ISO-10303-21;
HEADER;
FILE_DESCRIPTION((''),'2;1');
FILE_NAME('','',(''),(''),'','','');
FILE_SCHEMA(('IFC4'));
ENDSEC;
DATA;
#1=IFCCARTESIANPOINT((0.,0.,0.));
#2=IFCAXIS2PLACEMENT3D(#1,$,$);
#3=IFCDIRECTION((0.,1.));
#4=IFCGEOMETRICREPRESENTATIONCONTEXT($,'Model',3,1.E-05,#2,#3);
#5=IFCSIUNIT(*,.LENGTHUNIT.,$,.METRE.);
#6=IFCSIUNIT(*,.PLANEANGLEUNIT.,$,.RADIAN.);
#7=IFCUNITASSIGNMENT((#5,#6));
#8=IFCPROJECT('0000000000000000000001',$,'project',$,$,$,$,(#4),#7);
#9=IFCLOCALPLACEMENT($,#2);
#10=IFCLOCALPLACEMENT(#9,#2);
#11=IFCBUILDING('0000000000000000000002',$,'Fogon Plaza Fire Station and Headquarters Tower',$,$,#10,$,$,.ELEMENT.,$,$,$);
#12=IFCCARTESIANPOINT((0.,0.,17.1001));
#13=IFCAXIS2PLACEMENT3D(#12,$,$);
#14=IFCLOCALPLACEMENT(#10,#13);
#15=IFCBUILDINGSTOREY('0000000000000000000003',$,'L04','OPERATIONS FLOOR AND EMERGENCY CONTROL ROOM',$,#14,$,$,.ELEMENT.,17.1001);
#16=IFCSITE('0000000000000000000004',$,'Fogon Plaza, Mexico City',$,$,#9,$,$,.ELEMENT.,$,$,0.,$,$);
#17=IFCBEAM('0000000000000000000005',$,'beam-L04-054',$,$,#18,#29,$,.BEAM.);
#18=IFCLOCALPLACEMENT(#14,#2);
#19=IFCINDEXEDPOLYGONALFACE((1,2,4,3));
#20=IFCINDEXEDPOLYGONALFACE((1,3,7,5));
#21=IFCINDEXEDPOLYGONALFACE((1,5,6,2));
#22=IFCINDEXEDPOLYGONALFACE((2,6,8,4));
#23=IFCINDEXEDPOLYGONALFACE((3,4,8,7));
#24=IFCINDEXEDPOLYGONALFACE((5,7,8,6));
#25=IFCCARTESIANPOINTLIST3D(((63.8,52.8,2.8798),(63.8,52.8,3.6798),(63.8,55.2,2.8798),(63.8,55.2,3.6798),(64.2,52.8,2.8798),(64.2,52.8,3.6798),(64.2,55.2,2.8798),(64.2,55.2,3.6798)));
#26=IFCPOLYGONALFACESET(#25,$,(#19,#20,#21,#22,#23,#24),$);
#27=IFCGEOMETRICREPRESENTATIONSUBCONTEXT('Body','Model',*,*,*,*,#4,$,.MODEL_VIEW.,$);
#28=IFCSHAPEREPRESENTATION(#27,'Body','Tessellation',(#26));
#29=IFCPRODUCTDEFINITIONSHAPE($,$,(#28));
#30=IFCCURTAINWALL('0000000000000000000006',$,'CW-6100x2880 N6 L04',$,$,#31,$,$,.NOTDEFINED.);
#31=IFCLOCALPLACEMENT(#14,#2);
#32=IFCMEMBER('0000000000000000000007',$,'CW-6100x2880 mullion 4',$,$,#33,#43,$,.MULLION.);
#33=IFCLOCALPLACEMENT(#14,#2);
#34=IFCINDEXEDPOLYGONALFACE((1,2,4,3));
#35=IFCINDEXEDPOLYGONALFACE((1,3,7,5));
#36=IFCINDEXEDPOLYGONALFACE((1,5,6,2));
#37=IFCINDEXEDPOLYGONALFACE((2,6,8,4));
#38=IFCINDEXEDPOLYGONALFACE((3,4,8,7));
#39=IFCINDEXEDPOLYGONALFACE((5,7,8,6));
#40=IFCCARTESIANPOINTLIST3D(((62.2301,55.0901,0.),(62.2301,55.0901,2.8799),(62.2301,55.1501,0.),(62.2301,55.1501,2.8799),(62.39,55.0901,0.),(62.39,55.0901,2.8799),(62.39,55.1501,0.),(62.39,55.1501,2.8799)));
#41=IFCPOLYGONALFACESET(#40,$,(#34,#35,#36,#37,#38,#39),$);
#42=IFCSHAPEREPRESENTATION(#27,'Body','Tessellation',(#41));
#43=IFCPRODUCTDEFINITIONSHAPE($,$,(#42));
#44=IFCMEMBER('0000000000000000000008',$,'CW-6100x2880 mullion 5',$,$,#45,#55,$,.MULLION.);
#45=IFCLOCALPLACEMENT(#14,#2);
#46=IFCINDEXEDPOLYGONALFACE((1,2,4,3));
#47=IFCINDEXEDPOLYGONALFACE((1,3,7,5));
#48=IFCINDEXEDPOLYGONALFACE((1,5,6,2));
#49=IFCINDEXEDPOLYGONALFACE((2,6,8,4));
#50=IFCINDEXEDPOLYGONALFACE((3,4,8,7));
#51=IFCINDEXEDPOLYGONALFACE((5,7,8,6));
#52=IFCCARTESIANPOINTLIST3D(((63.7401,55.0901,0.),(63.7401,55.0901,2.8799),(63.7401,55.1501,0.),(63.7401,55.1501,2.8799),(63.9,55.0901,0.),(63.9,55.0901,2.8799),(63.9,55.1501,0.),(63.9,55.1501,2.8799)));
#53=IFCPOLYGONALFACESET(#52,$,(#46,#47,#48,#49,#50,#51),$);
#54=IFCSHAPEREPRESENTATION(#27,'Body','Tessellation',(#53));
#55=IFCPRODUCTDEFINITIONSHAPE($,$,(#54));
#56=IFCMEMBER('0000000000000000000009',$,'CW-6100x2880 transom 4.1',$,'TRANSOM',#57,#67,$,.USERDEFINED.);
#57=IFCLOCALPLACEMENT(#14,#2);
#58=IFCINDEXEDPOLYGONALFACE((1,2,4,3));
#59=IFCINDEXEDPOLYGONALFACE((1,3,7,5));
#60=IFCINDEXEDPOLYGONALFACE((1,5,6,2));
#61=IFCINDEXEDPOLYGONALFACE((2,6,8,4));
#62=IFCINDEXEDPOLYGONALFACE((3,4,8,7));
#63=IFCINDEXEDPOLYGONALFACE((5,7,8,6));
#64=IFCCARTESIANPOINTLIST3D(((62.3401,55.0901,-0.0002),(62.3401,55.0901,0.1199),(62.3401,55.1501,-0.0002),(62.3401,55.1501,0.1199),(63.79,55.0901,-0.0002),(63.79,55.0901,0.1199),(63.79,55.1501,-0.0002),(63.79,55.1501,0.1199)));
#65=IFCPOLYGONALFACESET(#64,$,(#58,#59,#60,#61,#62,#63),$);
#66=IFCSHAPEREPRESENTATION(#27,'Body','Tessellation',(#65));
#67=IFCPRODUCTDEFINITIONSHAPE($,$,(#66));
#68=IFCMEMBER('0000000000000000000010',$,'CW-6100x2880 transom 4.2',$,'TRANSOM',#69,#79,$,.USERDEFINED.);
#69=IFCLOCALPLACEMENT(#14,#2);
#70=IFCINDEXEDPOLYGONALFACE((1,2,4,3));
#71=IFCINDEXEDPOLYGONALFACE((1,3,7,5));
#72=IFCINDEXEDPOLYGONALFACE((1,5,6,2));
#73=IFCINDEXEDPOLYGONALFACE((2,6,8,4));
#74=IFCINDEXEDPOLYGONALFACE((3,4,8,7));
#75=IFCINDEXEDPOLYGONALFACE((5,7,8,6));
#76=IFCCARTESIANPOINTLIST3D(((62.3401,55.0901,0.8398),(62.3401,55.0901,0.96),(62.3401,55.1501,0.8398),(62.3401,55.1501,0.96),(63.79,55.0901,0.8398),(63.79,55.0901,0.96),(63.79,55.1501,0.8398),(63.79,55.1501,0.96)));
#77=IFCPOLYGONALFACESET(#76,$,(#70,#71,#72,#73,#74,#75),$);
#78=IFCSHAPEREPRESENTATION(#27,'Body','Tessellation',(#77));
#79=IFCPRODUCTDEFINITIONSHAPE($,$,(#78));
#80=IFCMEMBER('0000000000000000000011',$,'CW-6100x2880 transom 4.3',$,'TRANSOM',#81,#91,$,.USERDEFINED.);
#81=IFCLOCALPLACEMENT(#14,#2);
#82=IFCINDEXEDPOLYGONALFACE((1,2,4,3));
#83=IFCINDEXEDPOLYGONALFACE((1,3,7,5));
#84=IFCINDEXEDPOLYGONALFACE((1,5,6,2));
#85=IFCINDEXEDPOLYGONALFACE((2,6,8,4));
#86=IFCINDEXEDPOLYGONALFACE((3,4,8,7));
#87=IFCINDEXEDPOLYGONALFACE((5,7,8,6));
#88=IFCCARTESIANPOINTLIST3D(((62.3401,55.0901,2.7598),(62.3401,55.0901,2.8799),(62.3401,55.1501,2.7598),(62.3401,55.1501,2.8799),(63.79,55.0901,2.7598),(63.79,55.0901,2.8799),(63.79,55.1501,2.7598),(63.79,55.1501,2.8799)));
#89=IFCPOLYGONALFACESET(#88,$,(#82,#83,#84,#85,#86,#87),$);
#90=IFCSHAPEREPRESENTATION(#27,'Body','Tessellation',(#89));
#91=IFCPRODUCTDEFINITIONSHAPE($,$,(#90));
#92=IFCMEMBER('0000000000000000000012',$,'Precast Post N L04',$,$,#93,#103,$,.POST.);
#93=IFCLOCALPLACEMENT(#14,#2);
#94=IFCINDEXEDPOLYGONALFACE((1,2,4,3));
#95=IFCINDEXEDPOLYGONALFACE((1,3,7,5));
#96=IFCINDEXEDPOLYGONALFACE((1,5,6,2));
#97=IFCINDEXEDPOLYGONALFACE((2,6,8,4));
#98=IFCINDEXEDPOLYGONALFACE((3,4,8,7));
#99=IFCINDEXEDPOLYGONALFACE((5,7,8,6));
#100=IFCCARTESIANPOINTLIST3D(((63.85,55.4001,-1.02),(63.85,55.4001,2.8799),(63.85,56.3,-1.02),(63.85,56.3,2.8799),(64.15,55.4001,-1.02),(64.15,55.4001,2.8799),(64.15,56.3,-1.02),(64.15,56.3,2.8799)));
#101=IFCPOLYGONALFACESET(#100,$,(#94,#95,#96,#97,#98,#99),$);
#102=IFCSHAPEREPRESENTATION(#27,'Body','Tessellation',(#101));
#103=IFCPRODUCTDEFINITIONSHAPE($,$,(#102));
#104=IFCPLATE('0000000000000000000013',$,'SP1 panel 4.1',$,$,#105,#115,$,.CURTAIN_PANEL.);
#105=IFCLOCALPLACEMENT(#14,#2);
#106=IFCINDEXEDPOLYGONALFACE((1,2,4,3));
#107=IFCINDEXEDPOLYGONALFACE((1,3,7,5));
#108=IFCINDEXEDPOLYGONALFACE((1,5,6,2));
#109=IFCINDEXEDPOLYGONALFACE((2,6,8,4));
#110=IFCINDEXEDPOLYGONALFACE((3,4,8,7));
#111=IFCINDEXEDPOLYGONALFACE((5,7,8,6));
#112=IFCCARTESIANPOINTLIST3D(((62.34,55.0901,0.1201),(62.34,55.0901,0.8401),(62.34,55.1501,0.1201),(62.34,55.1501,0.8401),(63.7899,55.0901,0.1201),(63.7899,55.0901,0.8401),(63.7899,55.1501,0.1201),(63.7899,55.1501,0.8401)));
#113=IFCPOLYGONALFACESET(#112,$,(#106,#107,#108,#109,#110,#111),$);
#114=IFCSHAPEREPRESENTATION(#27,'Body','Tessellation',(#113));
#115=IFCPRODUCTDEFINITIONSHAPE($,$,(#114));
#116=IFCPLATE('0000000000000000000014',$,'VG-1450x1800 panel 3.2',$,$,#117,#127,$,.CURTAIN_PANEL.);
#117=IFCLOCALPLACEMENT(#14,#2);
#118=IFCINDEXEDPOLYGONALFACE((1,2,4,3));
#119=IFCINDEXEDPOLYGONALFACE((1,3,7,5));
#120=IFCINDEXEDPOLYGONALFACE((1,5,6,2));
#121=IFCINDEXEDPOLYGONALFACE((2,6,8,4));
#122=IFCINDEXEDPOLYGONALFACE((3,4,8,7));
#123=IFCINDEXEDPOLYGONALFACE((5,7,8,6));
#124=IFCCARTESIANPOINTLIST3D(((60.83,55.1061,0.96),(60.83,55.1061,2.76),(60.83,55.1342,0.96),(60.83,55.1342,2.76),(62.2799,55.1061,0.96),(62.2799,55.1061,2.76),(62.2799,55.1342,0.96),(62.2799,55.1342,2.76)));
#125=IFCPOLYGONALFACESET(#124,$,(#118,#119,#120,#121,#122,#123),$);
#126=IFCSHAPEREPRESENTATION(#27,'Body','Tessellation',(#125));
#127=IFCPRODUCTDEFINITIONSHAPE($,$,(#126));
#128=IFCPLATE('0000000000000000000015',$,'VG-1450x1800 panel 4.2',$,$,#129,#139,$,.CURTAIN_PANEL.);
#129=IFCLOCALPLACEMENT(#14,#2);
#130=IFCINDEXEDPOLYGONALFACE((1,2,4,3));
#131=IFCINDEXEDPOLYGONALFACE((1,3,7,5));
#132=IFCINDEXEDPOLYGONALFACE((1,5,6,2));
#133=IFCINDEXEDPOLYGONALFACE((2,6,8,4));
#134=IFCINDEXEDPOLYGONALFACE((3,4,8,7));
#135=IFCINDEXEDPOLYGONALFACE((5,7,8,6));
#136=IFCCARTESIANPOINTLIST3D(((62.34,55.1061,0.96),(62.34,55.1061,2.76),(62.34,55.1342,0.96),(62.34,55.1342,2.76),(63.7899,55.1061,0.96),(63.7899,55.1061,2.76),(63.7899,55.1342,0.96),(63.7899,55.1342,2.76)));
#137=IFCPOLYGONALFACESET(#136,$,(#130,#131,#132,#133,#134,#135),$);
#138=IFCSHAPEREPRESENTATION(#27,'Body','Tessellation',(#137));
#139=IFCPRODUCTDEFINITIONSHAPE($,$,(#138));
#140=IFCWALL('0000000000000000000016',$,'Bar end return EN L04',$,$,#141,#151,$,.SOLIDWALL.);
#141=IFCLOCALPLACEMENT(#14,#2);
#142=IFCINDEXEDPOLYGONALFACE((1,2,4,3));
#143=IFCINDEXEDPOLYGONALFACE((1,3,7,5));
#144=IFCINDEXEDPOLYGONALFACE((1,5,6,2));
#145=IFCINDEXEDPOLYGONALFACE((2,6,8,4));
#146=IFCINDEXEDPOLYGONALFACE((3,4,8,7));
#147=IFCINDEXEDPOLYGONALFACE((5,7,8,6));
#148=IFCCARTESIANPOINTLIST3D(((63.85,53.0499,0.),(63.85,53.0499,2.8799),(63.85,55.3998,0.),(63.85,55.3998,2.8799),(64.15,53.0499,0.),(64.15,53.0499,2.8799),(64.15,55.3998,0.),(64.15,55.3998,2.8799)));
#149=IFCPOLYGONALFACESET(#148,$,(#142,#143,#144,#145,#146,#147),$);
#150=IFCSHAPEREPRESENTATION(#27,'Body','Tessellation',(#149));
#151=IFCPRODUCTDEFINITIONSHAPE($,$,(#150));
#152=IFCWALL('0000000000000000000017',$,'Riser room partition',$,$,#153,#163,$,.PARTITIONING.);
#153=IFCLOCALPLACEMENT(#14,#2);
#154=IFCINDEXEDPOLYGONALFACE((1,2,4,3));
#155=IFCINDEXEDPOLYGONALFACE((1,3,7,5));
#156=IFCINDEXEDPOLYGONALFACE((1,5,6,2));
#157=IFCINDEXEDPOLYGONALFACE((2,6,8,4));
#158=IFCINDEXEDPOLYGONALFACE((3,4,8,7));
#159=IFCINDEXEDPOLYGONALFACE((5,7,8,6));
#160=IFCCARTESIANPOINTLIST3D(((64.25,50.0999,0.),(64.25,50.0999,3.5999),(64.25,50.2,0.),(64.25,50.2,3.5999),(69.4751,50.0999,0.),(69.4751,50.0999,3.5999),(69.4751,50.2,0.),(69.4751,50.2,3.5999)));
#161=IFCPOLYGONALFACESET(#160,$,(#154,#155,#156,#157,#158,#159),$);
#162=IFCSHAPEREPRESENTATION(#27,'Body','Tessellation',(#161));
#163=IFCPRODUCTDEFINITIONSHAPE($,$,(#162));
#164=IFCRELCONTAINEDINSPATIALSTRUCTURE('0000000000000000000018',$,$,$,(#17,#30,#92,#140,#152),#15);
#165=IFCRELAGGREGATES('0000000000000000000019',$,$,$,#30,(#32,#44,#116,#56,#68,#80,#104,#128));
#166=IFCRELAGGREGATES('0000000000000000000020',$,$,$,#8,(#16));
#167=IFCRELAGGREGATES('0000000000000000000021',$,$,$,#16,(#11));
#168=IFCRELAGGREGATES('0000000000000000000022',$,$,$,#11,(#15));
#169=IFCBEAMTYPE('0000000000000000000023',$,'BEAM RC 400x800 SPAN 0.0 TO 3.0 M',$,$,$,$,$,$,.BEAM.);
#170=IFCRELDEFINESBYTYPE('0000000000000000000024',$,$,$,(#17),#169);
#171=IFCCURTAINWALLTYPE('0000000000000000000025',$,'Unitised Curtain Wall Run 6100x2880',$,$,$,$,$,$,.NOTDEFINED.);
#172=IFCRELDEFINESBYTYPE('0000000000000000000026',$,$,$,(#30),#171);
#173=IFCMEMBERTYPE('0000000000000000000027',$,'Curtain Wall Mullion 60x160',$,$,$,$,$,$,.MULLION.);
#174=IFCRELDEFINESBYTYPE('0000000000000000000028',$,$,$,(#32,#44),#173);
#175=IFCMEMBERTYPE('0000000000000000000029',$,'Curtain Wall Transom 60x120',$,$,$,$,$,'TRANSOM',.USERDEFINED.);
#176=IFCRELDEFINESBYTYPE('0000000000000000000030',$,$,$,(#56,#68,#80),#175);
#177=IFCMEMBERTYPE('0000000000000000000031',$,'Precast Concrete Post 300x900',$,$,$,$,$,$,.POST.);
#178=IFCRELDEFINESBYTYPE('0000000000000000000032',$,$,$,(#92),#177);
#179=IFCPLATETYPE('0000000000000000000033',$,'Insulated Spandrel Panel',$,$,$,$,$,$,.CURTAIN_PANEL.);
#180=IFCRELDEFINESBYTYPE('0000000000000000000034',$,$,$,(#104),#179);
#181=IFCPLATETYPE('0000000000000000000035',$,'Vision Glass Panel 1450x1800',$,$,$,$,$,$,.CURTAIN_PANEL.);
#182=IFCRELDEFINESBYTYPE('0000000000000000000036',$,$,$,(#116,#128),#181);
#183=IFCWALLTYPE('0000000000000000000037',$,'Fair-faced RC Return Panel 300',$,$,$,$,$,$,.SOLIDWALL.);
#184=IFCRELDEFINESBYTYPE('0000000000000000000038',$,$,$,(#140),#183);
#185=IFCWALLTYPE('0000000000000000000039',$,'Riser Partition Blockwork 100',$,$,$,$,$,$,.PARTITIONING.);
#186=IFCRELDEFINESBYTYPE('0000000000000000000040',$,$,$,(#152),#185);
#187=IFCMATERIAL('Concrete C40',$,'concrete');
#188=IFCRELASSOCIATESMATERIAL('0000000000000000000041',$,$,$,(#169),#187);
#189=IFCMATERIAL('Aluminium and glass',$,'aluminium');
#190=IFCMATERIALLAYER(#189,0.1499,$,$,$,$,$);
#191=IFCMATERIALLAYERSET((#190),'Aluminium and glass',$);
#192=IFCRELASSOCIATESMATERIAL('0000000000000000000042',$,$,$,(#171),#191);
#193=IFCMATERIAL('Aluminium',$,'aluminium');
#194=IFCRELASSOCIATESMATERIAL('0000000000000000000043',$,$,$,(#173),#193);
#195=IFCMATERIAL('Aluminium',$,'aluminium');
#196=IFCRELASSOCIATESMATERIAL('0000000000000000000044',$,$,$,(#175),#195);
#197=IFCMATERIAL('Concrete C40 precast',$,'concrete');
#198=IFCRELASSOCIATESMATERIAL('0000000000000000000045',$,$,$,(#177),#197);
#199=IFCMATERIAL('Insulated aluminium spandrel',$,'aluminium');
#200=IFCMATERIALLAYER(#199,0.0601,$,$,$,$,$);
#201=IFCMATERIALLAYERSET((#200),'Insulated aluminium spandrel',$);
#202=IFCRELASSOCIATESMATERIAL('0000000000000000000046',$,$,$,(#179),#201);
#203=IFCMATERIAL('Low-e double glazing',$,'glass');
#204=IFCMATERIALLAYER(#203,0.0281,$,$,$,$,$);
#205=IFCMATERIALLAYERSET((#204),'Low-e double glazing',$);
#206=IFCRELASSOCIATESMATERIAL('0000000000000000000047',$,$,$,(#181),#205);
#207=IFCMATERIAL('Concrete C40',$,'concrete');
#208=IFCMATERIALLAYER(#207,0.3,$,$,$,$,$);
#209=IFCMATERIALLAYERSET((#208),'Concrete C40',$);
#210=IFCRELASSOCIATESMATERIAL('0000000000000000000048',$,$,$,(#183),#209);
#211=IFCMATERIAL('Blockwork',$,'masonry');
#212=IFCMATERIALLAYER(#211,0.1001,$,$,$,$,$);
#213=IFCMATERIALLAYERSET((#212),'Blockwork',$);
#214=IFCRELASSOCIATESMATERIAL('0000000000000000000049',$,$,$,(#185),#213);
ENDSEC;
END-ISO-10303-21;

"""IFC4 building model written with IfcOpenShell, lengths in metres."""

from ifc_helpers import new_model, si_unit, direction, frame, frame_2d, origin, origin_2d, place, context, subcontext, project, spatial, rectangle, extrude, material, layer, layer_set, material_profile, profile_set, type_object, element, aggregate, save


model = new_model("IFC4")

# Units and contexts
model_context = context("Model", 3, precision=1e-05, world=origin(), true_north=direction((0.0, 1.0)))
body_context = subcontext(model_context, "Body", "Model", "MODEL_VIEW")
ifc_project = project(units=[si_unit("LENGTHUNIT", "METRE"), si_unit("PLANEANGLEUNIT", "RADIAN")], contexts=[model_context])

# Site, building, storey
site_placement = place(None, origin())
site = spatial("IfcSite", under=ifc_project, at=site_placement, Name="Fogon Plaza, Mexico City", CompositionType="ELEMENT", RefElevation=0.0)
building_placement = place(site_placement, origin())
building = spatial("IfcBuilding", under=site, at=building_placement, Name="Fogon Plaza Fire Station and Headquarters Tower", CompositionType="ELEMENT")
storey_placement = place(building_placement, frame((0.0, 0.0, 17.1001)))
storey = spatial("IfcBuildingStorey", under=building, at=storey_placement, Name="L04", Description="OPERATIONS FLOOR AND EMERGENCY CONTROL ROOM", CompositionType="ELEMENT", Elevation=17.1001)

# Beam
ifc_material_1 = material(Name="Concrete C40", Category="concrete")
ifc_material_profile_1 = material_profile(ifc_material_1, rectangle(XDim=0.3999, YDim=0.8, at=origin_2d()), Name="RC 400x800")
ifc_profile_set_1 = profile_set([ifc_material_profile_1], Name="Concrete C40")
beam_type = type_object("IfcBeamType", Name="BEAM RC 400x800 SPAN 0.0 TO 3.0 M", PredefinedType="BEAM", material=ifc_profile_set_1)
beam_placement = place(storey_placement, frame((64.0, 52.8, 3.2798), z_axis=(0.0, 1.0, 0.0), x_axis=(-1.0, 0.0, 0.0)))
element("IfcBeam", 1, at=beam_placement, inside=storey, type_object=beam_type, Name="beam-L04-054", PredefinedType="BEAM", context=body_context, shape_type="SweptSolid", body=[
    extrude(rectangle(XDim=0.3999, YDim=0.8, at=origin_2d()), origin(), (0.0, 0.0, 1.0), 2.3999),
])

# Curtain wall, members
ifc_material_2 = material(Name="Aluminium and glass", Category="aluminium")
ifc_layer_1 = layer(ifc_material_2, 0.1499)
ifc_layer_set_1 = layer_set([ifc_layer_1], Name="Aluminium and glass")
curtain_wall_type = type_object("IfcCurtainWallType", Name="Unitised Curtain Wall Run 6100x2880", PredefinedType="NOTDEFINED", material=ifc_layer_set_1)
curtain_wall_placement = place(storey_placement, origin())
curtain_wall = element("IfcCurtainWall", 2, at=curtain_wall_placement, inside=storey, type_object=curtain_wall_type, Name="CW-6100x2880 N6 L04", PredefinedType="NOTDEFINED")
ifc_material_3 = material(Name="Aluminium", Category="aluminium")
ifc_material_profile_2 = material_profile(ifc_material_3, rectangle(XDim=0.0601, YDim=0.1599, at=origin_2d()), Name="Curtain Wall Mullion 60x160")
ifc_profile_set_2 = profile_set([ifc_material_profile_2], Name="Aluminium")
member_type_1 = type_object("IfcMemberType", Name="Curtain Wall Mullion 60x160", PredefinedType="MULLION", material=ifc_profile_set_2)
member_1_placement = place(storey_placement, frame((62.3101, 55.1201, 0.0), z_axis=(0.0, 0.0, 1.0), x_axis=(0.0, 1.0, 0.0)))
member_1 = element("IfcMember", 3, at=member_1_placement, type_object=member_type_1, Name="CW-6100x2880 mullion 4", PredefinedType="MULLION", context=body_context, shape_type="SweptSolid", body=[
    extrude(rectangle(XDim=0.0601, YDim=0.1599, at=origin_2d()), origin(), (0.0, 0.0, 1.0), 2.8799),
])
member_2_placement = place(storey_placement, frame((63.8201, 55.1201, 0.0), z_axis=(0.0, 0.0, 1.0), x_axis=(0.0, 1.0, 0.0)))
member_2 = element("IfcMember", 4, at=member_2_placement, type_object=member_type_1, Name="CW-6100x2880 mullion 5", PredefinedType="MULLION", context=body_context, shape_type="SweptSolid", body=[
    extrude(rectangle(XDim=0.0601, YDim=0.1599, at=origin_2d()), origin(), (0.0, 0.0, 1.0), 2.8799),
])
ifc_material_4 = material(Name="Aluminium", Category="aluminium")
ifc_material_profile_3 = material_profile(ifc_material_4, rectangle(XDim=0.0601, YDim=0.1201, at=origin_2d()), Name="Curtain Wall Transom 60x120")
ifc_profile_set_3 = profile_set([ifc_material_profile_3], Name="Aluminium")
member_type_2 = type_object("IfcMemberType", Name="Curtain Wall Transom 60x120", ElementType="TRANSOM", PredefinedType="USERDEFINED", material=ifc_profile_set_3)
member_3_placement = place(storey_placement, frame((62.3401, 55.1201, 0.0598), z_axis=(1.0, 0.0, 0.0), x_axis=(0.0, 1.0, 0.0)))
member_3 = element("IfcMember", 5, at=member_3_placement, type_object=member_type_2, Name="CW-6100x2880 transom 4.1", ObjectType="TRANSOM", PredefinedType="USERDEFINED", context=body_context, shape_type="SweptSolid", body=[
    extrude(rectangle(XDim=0.0601, YDim=0.1201, at=origin_2d()), origin(), (0.0, 0.0, 1.0), 1.45),
])
member_4_placement = place(storey_placement, frame((62.3401, 55.1201, 0.8999), z_axis=(1.0, 0.0, 0.0), x_axis=(0.0, 1.0, 0.0)))
member_4 = element("IfcMember", 6, at=member_4_placement, type_object=member_type_2, Name="CW-6100x2880 transom 4.2", ObjectType="TRANSOM", PredefinedType="USERDEFINED", context=body_context, shape_type="SweptSolid", body=[
    extrude(rectangle(XDim=0.0601, YDim=0.1201, at=origin_2d()), origin(), (0.0, 0.0, 1.0), 1.45),
])
member_5_placement = place(storey_placement, frame((62.3401, 55.1201, 2.8198), z_axis=(1.0, 0.0, 0.0), x_axis=(0.0, 1.0, 0.0)))
member_5 = element("IfcMember", 7, at=member_5_placement, type_object=member_type_2, Name="CW-6100x2880 transom 4.3", ObjectType="TRANSOM", PredefinedType="USERDEFINED", context=body_context, shape_type="SweptSolid", body=[
    extrude(rectangle(XDim=0.0601, YDim=0.1201, at=origin_2d()), origin(), (0.0, 0.0, 1.0), 1.45),
])

# Member
ifc_material_5 = material(Name="Concrete C40 precast", Category="concrete")
ifc_material_profile_4 = material_profile(ifc_material_5, rectangle(XDim=0.3, YDim=0.8999, at=origin_2d()), Name="Precast Concrete Post 300x900")
ifc_profile_set_4 = profile_set([ifc_material_profile_4], Name="Concrete C40 precast")
member_type_3 = type_object("IfcMemberType", Name="Precast Concrete Post 300x900", PredefinedType="POST", material=ifc_profile_set_4)
member_6_placement = place(storey_placement, frame((64.0, 55.8501, -1.02), z_axis=(0.0, 0.0, 1.0), x_axis=(1.0, 0.0, 0.0)))
element("IfcMember", 8, at=member_6_placement, inside=storey, type_object=member_type_3, Name="Precast Post N L04", PredefinedType="POST", context=body_context, shape_type="SweptSolid", body=[
    extrude(rectangle(XDim=0.3, YDim=0.8999, at=origin_2d()), origin(), (0.0, 0.0, 1.0), 3.8999),
])

# Plates
ifc_material_6 = material(Name="Insulated aluminium spandrel", Category="aluminium")
ifc_layer_2 = layer(ifc_material_6, 0.0601)
ifc_layer_set_2 = layer_set([ifc_layer_2], Name="Insulated aluminium spandrel")
plate_type_1 = type_object("IfcPlateType", Name="Insulated Spandrel Panel", PredefinedType="CURTAIN_PANEL", material=ifc_layer_set_2)
plate_1_placement = place(storey_placement, frame((63.0649, 55.1201, 0.1201), z_axis=(0.0, 0.0, 1.0), x_axis=(1.0, 0.0, 0.0)))
plate_1 = element("IfcPlate", 9, at=plate_1_placement, type_object=plate_type_1, Name="SP1 panel 4.1", PredefinedType="CURTAIN_PANEL", context=body_context, shape_type="SweptSolid", body=[
    extrude(rectangle(XDim=1.45, YDim=0.0601, at=origin_2d()), origin(), (0.0, 0.0, 1.0), 0.72),
])
ifc_material_7 = material(Name="Low-e double glazing", Category="glass")
ifc_layer_3 = layer(ifc_material_7, 0.0281)
ifc_layer_set_3 = layer_set([ifc_layer_3], Name="Low-e double glazing")
plate_type_2 = type_object("IfcPlateType", Name="Vision Glass Panel 1450x1800", PredefinedType="CURTAIN_PANEL", material=ifc_layer_set_3)
plate_2_placement = place(storey_placement, frame((61.5549, 55.1201, 0.96), z_axis=(0.0, 0.0, 1.0), x_axis=(1.0, 0.0, 0.0)))
plate_2 = element("IfcPlate", 10, at=plate_2_placement, type_object=plate_type_2, Name="VG-1450x1800 panel 3.2", PredefinedType="CURTAIN_PANEL", context=body_context, shape_type="SweptSolid", body=[
    extrude(rectangle(XDim=1.45, YDim=0.0281, at=origin_2d()), origin(), (0.0, 0.0, 1.0), 1.8),
])
plate_3_placement = place(storey_placement, frame((63.0649, 55.1201, 0.96), z_axis=(0.0, 0.0, 1.0), x_axis=(1.0, 0.0, 0.0)))
plate_3 = element("IfcPlate", 11, at=plate_3_placement, type_object=plate_type_2, Name="VG-1450x1800 panel 4.2", PredefinedType="CURTAIN_PANEL", context=body_context, shape_type="SweptSolid", body=[
    extrude(rectangle(XDim=1.45, YDim=0.0281, at=origin_2d()), origin(), (0.0, 0.0, 1.0), 1.8),
])
aggregate(curtain_wall, [member_1, member_2, plate_2, member_3, member_4, member_5, plate_1, plate_3])

# Walls
ifc_material_8 = material(Name="Concrete C40", Category="concrete")
ifc_layer_4 = layer(ifc_material_8, 0.3)
ifc_layer_set_4 = layer_set([ifc_layer_4], Name="Concrete C40")
wall_type_1 = type_object("IfcWallType", Name="Fair-faced RC Return Panel 300", PredefinedType="SOLIDWALL", material=ifc_layer_set_4)
wall_1_placement = place(storey_placement, frame((64.0, 53.05, 0.0), z_axis=(0.0, 0.0, 1.0), x_axis=(0.0, 1.0, 0.0)))
element("IfcWall", 12, at=wall_1_placement, inside=storey, type_object=wall_type_1, Name="Bar end return EN L04", PredefinedType="SOLIDWALL", context=body_context, shape_type="SweptSolid", body=[
    extrude(rectangle(XDim=2.3499, YDim=0.3, at=frame_2d((1.1748, 0.0))), origin(), (0.0, 0.0, 1.0), 2.8799),
])
ifc_material_9 = material(Name="Blockwork", Category="masonry")
ifc_layer_5 = layer(ifc_material_9, 0.1001)
ifc_layer_set_5 = layer_set([ifc_layer_5], Name="Blockwork")
wall_type_2 = type_object("IfcWallType", Name="Riser Partition Blockwork 100", PredefinedType="PARTITIONING", material=ifc_layer_set_5)
wall_2_placement = place(storey_placement, frame((69.4751, 50.1499, 0.0), z_axis=(0.0, 0.0, 1.0), x_axis=(-1.0, 0.0, 0.0)))
element("IfcWall", 13, at=wall_2_placement, inside=storey, type_object=wall_type_2, Name="Riser room partition", PredefinedType="PARTITIONING", context=body_context, shape_type="SweptSolid", body=[
    extrude(rectangle(XDim=5.2251, YDim=0.1001, at=frame_2d((2.6125, 0.0))), origin(), (0.0, 0.0, 1.0), 3.5999),
])

save(model, "model.ifc")
